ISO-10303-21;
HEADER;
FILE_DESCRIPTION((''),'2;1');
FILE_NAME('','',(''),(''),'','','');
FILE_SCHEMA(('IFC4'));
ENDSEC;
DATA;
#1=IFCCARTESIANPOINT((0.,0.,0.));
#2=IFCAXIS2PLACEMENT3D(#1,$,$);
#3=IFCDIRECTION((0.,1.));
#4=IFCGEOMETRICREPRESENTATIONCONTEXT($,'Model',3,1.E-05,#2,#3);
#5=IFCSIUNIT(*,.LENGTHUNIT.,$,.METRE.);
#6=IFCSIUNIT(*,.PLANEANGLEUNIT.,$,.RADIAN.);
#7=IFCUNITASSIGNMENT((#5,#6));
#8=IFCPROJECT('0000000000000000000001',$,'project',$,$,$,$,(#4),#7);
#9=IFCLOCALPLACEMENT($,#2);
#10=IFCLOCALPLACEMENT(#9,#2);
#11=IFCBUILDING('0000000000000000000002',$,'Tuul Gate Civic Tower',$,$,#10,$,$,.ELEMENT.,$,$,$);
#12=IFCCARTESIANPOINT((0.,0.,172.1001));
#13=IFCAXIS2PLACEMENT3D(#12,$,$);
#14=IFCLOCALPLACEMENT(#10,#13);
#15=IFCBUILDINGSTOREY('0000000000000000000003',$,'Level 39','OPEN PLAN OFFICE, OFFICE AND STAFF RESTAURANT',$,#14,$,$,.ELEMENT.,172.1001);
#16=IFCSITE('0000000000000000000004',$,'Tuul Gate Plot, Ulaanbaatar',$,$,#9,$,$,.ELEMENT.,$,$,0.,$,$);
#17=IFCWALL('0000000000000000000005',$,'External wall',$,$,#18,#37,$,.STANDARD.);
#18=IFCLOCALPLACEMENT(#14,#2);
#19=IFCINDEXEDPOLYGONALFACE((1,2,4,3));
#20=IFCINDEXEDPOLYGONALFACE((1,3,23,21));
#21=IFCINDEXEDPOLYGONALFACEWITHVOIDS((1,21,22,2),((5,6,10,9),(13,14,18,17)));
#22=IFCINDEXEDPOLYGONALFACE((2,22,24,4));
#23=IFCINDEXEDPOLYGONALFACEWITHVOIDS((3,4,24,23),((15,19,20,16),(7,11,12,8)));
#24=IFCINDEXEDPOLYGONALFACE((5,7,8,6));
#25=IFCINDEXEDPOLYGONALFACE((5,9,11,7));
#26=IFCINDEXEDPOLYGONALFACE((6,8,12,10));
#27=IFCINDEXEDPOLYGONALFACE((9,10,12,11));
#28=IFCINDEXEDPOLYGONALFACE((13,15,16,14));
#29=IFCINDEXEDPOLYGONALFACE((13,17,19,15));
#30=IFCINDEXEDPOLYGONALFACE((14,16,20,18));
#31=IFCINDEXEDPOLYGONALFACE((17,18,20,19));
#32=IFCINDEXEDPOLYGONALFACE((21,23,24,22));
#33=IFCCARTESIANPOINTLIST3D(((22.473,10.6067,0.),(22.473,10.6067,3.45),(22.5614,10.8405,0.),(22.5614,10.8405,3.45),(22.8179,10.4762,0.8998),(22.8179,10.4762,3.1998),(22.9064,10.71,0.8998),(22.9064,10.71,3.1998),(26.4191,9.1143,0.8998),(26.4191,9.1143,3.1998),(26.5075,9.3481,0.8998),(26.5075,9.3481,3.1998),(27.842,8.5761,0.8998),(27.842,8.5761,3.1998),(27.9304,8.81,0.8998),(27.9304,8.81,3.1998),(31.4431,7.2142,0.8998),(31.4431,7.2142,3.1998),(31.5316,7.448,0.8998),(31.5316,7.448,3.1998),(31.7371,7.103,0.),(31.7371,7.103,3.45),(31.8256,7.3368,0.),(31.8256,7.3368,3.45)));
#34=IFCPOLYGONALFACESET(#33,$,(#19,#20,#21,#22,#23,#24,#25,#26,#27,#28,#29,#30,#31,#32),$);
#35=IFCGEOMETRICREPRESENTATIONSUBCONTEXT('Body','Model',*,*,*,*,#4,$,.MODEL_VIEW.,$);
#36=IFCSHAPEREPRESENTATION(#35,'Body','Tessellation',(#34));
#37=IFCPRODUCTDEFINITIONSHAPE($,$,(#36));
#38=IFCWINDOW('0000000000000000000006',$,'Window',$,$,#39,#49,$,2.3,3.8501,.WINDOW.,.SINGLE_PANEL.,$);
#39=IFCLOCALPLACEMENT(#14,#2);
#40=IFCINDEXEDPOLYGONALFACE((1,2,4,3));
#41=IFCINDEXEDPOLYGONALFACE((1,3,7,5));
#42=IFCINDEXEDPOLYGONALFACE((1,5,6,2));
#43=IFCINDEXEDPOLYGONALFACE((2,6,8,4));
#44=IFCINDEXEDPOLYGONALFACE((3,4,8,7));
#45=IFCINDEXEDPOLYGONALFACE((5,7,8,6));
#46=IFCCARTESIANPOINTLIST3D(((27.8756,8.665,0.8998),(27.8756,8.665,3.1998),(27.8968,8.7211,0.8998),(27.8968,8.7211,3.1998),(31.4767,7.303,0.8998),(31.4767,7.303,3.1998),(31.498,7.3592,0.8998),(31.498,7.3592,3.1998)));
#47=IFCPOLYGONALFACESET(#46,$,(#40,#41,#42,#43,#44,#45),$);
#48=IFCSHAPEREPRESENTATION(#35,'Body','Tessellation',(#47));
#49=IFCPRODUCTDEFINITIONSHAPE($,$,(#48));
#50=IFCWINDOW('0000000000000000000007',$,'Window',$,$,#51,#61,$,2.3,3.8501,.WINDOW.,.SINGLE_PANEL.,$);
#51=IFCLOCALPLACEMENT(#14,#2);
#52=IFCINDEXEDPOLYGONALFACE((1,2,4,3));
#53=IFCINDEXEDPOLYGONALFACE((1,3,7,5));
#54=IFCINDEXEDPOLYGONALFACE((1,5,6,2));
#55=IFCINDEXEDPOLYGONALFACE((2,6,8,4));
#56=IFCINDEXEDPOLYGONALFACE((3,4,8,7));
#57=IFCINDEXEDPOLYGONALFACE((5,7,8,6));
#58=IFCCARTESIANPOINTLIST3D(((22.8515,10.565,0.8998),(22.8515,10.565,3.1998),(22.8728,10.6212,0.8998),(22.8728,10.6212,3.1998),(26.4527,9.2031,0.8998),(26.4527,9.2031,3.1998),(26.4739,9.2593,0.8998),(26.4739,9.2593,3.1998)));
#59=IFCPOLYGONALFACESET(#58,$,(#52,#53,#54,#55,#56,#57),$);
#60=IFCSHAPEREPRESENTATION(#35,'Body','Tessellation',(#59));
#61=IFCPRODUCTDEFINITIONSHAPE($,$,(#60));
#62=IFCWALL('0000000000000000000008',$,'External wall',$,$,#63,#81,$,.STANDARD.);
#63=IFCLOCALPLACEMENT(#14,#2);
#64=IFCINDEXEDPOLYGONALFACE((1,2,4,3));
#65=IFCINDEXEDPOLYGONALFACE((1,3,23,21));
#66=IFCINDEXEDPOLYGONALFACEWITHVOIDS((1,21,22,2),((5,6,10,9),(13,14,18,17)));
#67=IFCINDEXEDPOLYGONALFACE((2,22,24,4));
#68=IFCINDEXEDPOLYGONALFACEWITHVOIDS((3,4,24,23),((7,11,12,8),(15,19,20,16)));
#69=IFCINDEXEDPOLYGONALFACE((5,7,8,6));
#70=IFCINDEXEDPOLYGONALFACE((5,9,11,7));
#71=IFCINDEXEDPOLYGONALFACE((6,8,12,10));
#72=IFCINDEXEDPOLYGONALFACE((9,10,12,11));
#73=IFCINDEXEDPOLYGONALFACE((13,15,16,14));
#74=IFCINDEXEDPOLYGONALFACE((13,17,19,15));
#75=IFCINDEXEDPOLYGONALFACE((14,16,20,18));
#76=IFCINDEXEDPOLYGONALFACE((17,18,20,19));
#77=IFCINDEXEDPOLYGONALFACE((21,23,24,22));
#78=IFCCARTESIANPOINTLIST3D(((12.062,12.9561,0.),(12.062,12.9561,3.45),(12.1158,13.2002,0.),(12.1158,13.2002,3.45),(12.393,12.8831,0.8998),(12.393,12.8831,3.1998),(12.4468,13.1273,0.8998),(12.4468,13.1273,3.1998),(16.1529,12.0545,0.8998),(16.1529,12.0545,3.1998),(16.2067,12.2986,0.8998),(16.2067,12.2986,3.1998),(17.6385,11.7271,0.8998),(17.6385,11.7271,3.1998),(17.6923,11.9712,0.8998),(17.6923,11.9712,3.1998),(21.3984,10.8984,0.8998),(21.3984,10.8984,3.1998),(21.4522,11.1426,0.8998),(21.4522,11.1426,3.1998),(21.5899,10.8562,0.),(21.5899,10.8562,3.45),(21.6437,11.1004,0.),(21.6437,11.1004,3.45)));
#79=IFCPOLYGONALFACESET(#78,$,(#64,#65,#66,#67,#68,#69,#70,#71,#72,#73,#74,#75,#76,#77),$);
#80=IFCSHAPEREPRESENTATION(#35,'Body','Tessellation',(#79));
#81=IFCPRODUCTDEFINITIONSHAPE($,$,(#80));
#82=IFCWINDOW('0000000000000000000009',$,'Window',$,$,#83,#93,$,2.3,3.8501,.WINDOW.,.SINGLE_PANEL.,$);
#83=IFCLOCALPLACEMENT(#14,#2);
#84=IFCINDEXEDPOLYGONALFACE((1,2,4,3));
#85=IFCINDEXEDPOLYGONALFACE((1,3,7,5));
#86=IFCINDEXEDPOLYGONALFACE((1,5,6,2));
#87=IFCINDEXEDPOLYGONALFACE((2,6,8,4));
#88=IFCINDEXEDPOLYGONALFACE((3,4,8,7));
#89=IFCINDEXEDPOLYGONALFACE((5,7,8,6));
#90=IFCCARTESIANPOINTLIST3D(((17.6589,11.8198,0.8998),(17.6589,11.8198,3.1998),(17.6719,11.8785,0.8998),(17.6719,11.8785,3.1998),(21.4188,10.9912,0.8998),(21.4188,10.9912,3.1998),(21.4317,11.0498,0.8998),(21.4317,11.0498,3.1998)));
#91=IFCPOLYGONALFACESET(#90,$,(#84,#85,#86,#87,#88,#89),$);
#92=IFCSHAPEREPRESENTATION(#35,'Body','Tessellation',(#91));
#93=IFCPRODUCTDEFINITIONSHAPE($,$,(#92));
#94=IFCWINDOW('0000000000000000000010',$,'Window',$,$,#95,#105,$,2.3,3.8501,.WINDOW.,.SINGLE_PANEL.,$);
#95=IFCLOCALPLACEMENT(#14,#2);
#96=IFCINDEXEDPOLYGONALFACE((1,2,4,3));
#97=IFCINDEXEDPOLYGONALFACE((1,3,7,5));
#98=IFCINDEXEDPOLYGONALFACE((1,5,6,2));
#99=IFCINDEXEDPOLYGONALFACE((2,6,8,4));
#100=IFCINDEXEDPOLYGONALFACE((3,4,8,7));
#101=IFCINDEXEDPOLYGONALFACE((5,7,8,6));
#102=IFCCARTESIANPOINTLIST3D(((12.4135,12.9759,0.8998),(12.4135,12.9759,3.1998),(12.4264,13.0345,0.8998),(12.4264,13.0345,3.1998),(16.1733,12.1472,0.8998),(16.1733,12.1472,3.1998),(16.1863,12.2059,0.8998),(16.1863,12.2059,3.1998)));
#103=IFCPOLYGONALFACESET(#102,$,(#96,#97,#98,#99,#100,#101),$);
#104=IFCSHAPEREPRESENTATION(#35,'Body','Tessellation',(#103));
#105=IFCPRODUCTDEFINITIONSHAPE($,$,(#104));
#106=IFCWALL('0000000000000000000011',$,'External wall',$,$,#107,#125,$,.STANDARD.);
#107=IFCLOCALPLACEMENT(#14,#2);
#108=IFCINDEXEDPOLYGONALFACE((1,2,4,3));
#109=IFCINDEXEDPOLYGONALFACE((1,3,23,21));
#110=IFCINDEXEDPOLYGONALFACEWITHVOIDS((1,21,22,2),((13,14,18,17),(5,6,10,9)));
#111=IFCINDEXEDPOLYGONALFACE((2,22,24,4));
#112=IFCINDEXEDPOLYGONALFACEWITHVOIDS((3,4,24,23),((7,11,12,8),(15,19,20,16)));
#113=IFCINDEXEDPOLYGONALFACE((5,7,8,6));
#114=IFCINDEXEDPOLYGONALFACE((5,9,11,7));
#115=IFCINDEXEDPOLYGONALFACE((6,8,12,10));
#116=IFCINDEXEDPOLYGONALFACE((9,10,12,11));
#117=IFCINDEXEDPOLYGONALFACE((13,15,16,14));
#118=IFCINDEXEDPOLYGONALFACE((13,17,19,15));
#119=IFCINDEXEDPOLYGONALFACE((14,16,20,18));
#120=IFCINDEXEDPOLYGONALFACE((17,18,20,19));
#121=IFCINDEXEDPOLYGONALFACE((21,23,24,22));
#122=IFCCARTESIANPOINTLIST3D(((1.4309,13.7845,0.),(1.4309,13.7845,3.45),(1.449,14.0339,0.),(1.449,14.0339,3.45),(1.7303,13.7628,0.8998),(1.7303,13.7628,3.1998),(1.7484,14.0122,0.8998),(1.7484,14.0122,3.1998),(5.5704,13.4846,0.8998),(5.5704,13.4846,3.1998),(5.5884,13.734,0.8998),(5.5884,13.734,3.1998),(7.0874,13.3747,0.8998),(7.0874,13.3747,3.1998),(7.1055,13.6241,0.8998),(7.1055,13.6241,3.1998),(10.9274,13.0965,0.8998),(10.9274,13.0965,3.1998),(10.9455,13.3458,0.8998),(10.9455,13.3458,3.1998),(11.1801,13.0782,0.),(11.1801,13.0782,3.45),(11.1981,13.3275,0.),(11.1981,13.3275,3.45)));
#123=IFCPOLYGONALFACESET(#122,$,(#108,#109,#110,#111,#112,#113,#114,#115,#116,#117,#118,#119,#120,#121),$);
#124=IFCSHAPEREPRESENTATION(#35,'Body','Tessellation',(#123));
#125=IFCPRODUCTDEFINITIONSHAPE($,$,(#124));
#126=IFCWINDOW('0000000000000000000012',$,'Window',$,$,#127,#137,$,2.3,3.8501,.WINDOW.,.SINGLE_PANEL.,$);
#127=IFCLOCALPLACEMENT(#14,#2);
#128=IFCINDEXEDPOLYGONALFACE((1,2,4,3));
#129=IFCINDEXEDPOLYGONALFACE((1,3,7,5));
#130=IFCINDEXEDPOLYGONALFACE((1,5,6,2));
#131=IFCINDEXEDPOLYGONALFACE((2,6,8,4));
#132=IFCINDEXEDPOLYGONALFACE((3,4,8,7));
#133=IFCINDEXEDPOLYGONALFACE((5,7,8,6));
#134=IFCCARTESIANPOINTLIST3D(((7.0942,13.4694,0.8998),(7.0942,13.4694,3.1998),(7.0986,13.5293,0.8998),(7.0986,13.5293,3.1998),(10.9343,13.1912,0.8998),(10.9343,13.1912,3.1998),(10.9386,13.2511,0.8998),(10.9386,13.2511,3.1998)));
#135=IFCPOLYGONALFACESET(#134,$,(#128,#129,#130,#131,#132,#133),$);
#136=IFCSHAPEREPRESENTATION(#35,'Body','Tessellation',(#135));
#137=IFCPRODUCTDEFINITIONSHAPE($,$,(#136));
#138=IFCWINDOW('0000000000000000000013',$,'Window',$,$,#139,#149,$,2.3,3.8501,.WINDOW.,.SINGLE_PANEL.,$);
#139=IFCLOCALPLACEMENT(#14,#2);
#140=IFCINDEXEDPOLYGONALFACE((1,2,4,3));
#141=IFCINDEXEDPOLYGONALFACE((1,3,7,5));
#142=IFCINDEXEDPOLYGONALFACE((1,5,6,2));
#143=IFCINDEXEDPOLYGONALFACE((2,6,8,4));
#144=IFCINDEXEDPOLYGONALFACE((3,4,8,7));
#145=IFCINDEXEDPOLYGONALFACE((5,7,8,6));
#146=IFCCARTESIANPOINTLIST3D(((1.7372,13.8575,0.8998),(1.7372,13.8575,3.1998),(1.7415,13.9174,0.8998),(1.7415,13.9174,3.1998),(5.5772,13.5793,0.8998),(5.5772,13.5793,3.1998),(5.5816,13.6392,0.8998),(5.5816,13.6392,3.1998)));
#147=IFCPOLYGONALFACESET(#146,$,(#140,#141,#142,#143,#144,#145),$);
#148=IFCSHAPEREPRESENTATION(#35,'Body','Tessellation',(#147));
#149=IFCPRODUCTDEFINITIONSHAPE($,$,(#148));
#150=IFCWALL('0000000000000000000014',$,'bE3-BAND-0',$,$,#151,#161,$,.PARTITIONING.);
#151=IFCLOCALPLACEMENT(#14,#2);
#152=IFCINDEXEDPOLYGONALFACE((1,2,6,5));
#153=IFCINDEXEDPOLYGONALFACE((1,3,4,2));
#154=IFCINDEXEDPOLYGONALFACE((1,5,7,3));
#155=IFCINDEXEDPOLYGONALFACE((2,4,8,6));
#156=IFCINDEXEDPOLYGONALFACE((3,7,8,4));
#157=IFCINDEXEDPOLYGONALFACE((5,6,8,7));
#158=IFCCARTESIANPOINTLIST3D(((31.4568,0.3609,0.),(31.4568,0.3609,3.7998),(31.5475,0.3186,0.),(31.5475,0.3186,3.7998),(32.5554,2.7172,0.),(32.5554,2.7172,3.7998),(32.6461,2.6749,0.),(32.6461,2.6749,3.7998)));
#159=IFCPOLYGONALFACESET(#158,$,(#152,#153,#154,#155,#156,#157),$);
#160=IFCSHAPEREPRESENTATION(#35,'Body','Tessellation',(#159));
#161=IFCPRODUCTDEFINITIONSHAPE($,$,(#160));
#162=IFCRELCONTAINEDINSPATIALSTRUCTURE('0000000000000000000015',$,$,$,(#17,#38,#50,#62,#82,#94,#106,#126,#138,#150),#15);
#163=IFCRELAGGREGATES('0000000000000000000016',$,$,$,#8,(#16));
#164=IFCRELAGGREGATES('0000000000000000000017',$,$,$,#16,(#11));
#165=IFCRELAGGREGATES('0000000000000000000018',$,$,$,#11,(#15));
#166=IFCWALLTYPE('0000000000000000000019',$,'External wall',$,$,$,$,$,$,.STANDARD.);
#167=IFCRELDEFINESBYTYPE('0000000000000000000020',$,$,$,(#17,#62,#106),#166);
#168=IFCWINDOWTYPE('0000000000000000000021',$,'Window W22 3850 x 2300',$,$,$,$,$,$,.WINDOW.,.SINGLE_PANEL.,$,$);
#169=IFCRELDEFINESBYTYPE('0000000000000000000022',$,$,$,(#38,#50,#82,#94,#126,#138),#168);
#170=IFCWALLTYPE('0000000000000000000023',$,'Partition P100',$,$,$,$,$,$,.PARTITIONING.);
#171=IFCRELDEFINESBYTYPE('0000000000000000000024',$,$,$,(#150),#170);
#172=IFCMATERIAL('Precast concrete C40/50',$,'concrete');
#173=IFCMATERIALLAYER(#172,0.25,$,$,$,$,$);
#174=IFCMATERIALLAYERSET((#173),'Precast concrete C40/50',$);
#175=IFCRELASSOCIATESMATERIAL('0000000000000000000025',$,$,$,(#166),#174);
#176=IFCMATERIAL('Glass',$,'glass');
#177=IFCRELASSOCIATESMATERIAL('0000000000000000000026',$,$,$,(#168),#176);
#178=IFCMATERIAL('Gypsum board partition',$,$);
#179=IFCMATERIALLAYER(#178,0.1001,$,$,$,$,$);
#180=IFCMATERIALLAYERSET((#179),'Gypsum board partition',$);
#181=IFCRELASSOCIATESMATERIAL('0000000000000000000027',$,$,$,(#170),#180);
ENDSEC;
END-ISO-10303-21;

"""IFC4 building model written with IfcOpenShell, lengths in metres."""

from ifc_helpers import new_model, si_unit, direction, frame, frame_2d, origin, place, context, subcontext, project, spatial, rectangle, extrude, material, layer, layer_set, type_object, element, fill, save


model = new_model("IFC4")

# Units and contexts
model_context = context("Model", 3, precision=1e-05, world=origin(), true_north=direction((0.0, 1.0)))
body_context = subcontext(model_context, "Body", "Model", "MODEL_VIEW")
ifc_project = project(units=[si_unit("LENGTHUNIT", "METRE"), si_unit("PLANEANGLEUNIT", "RADIAN")], contexts=[model_context])

# Site, building, storey
site_placement = place(None, origin())
site = spatial("IfcSite", under=ifc_project, at=site_placement, Name="Tuul Gate Plot, Ulaanbaatar", CompositionType="ELEMENT", RefElevation=0.0)
building_placement = place(site_placement, origin())
building = spatial("IfcBuilding", under=site, at=building_placement, Name="Tuul Gate Civic Tower", CompositionType="ELEMENT")
storey_placement = place(building_placement, frame((0.0, 0.0, 172.1001)))
storey = spatial("IfcBuildingStorey", under=building, at=storey_placement, Name="Level 39", Description="OPEN PLAN OFFICE, OFFICE AND STAFF RESTAURANT", CompositionType="ELEMENT", Elevation=172.1001)

# Walls, openings, windows
ifc_material_1 = material(Name="Precast concrete C40/50", Category="concrete")
ifc_layer_1 = layer(ifc_material_1, 0.25)
ifc_layer_set_1 = layer_set([ifc_layer_1], Name="Precast concrete C40/50")
wall_type_1 = type_object("IfcWallType", Name="External wall", PredefinedType="STANDARD", material=ifc_layer_set_1)
wall_1_placement = place(storey_placement, frame((31.7812, 7.22, 0.0), z_axis=(0.0, 0.0, 1.0), x_axis=(-0.935343, 0.353742, 0.0)))
wall_1 = element("IfcWall", 1, at=wall_1_placement, inside=storey, type_object=wall_type_1, Name="External wall", PredefinedType="STANDARD", context=body_context, shape_type="SweptSolid", body=[
    extrude(rectangle(XDim=9.9045, YDim=0.25, at=frame_2d((4.9521, 0.0))), origin(), (0.0, 0.0, 1.0), 3.45),
])
opening_1_placement = place(wall_1_placement, frame((0.3142, 0.0, 0.8999)))
opening_1 = element("IfcOpeningElement", 2, at=opening_1_placement, cuts=wall_1, PredefinedType="OPENING", context=body_context, shape_type="SweptSolid", body=[
    extrude(rectangle(XDim=3.8501, YDim=2.3, at=frame_2d((1.925, 1.1499))), frame((0.0, 0.135, 0.0), z_axis=(0.0, -1.0, 0.0), x_axis=(1.0, 0.0, 0.0)), (0.0, 0.0, 1.0), 0.27),
])
opening_2_placement = place(wall_1_placement, frame((5.6855, 0.0, 0.8999)))
opening_2 = element("IfcOpeningElement", 3, at=opening_2_placement, cuts=wall_1, PredefinedType="OPENING", context=body_context, shape_type="SweptSolid", body=[
    extrude(rectangle(XDim=3.8501, YDim=2.3, at=frame_2d((1.925, 1.1499))), frame((0.0, 0.135, 0.0), z_axis=(0.0, -1.0, 0.0), x_axis=(1.0, 0.0, 0.0)), (0.0, 0.0, 1.0), 0.27),
])
ifc_material_2 = material(Name="Glass", Category="glass")
window_type = type_object("IfcWindowType", Name="Window W22 3850 x 2300", PartitioningType="SINGLE_PANEL", PredefinedType="WINDOW", material=ifc_material_2)
window_1_placement = place(opening_1_placement, origin())
window_1 = element("IfcWindow", 4, at=window_1_placement, inside=storey, type_object=window_type, Name="Window", OverallHeight=2.3, OverallWidth=3.8501, PartitioningType="SINGLE_PANEL", PredefinedType="WINDOW", context=body_context, shape_type="SweptSolid", body=[
    extrude(rectangle(XDim=3.8501, YDim=2.3, at=frame_2d((1.925, 1.1499))), frame((0.0, 0.03, 0.0), z_axis=(0.0, -1.0, 0.0), x_axis=(1.0, 0.0, 0.0)), (0.0, 0.0, 1.0), 0.0601),
])
fill(opening_1, window_1)
window_2_placement = place(opening_2_placement, origin())
window_2 = element("IfcWindow", 5, at=window_2_placement, inside=storey, type_object=window_type, Name="Window", OverallHeight=2.3, OverallWidth=3.8501, PartitioningType="SINGLE_PANEL", PredefinedType="WINDOW", context=body_context, shape_type="SweptSolid", body=[
    extrude(rectangle(XDim=3.8501, YDim=2.3, at=frame_2d((1.925, 1.1499))), frame((0.0, 0.03, 0.0), z_axis=(0.0, -1.0, 0.0), x_axis=(1.0, 0.0, 0.0)), (0.0, 0.0, 1.0), 0.0601),
])
fill(opening_2, window_2)
wall_2_placement = place(storey_placement, frame((21.6169, 10.9783, 0.0), z_axis=(0.0, 0.0, 1.0), x_axis=(-0.976564, 0.215226, 0.0)))
wall_2 = element("IfcWall", 6, at=wall_2_placement, inside=storey, type_object=wall_type_1, Name="External wall", PredefinedType="STANDARD", context=body_context, shape_type="SweptSolid", body=[
    extrude(rectangle(XDim=9.7566, YDim=0.25, at=frame_2d((4.8784, 0.0))), origin(), (0.0, 0.0, 1.0), 3.45),
])
opening_3_placement = place(wall_2_placement, frame((0.1963, 0.0, 0.8999)))
opening_3 = element("IfcOpeningElement", 7, at=opening_3_placement, cuts=wall_2, PredefinedType="OPENING", context=body_context, shape_type="SweptSolid", body=[
    extrude(rectangle(XDim=3.8501, YDim=2.3, at=frame_2d((1.925, 1.1499))), frame((0.0, 0.135, 0.0), z_axis=(0.0, -1.0, 0.0), x_axis=(1.0, 0.0, 0.0)), (0.0, 0.0, 1.0), 0.27),
])
opening_4_placement = place(wall_2_placement, frame((5.5676, 0.0, 0.8999)))
opening_4 = element("IfcOpeningElement", 8, at=opening_4_placement, cuts=wall_2, PredefinedType="OPENING", context=body_context, shape_type="SweptSolid", body=[
    extrude(rectangle(XDim=3.8501, YDim=2.3, at=frame_2d((1.925, 1.1499))), frame((0.0, 0.135, 0.0), z_axis=(0.0, -1.0, 0.0), x_axis=(1.0, 0.0, 0.0)), (0.0, 0.0, 1.0), 0.27),
])
window_3_placement = place(opening_3_placement, origin())
window_3 = element("IfcWindow", 9, at=window_3_placement, inside=storey, type_object=window_type, Name="Window", OverallHeight=2.3, OverallWidth=3.8501, PartitioningType="SINGLE_PANEL", PredefinedType="WINDOW", context=body_context, shape_type="SweptSolid", body=[
    extrude(rectangle(XDim=3.8501, YDim=2.3, at=frame_2d((1.925, 1.1499))), frame((0.0, 0.03, 0.0), z_axis=(0.0, -1.0, 0.0), x_axis=(1.0, 0.0, 0.0)), (0.0, 0.0, 1.0), 0.0601),
])
fill(opening_3, window_3)
window_4_placement = place(opening_4_placement, origin())
window_4 = element("IfcWindow", 10, at=window_4_placement, inside=storey, type_object=window_type, Name="Window", OverallHeight=2.3, OverallWidth=3.8501, PartitioningType="SINGLE_PANEL", PredefinedType="WINDOW", context=body_context, shape_type="SweptSolid", body=[
    extrude(rectangle(XDim=3.8501, YDim=2.3, at=frame_2d((1.925, 1.1499))), frame((0.0, 0.03, 0.0), z_axis=(0.0, -1.0, 0.0), x_axis=(1.0, 0.0, 0.0)), (0.0, 0.0, 1.0), 0.0601),
])
fill(opening_4, window_4)
wall_3_placement = place(storey_placement, frame((11.189, 13.2029, 0.0), z_axis=(0.0, 0.0, 1.0), x_axis=(-0.997386, 0.072259, 0.0)))
wall_3 = element("IfcWall", 11, at=wall_3_placement, inside=storey, type_object=wall_type_1, Name="External wall", PredefinedType="STANDARD", context=body_context, shape_type="SweptSolid", body=[
    extrude(rectangle(XDim=9.7747, YDim=0.25, at=frame_2d((4.8872, 0.0))), origin(), (0.0, 0.0, 1.0), 3.45),
])
opening_5_placement = place(wall_3_placement, frame((0.2532, 0.0, 0.8999)))
opening_5 = element("IfcOpeningElement", 12, at=opening_5_placement, cuts=wall_3, PredefinedType="OPENING", context=body_context, shape_type="SweptSolid", body=[
    extrude(rectangle(XDim=3.8501, YDim=2.3, at=frame_2d((1.925, 1.1499))), frame((0.0, 0.135, 0.0), z_axis=(0.0, -1.0, 0.0), x_axis=(1.0, 0.0, 0.0)), (0.0, 0.0, 1.0), 0.27),
])
opening_6_placement = place(wall_3_placement, frame((5.6243, 0.0, 0.8999)))
opening_6 = element("IfcOpeningElement", 13, at=opening_6_placement, cuts=wall_3, PredefinedType="OPENING", context=body_context, shape_type="SweptSolid", body=[
    extrude(rectangle(XDim=3.8501, YDim=2.3, at=frame_2d((1.925, 1.1499))), frame((0.0, 0.135, 0.0), z_axis=(0.0, -1.0, 0.0), x_axis=(1.0, 0.0, 0.0)), (0.0, 0.0, 1.0), 0.27),
])
window_5_placement = place(opening_5_placement, origin())
window_5 = element("IfcWindow", 14, at=window_5_placement, inside=storey, type_object=window_type, Name="Window", OverallHeight=2.3, OverallWidth=3.8501, PartitioningType="SINGLE_PANEL", PredefinedType="WINDOW", context=body_context, shape_type="SweptSolid", body=[
    extrude(rectangle(XDim=3.8501, YDim=2.3, at=frame_2d((1.925, 1.1499))), frame((0.0, 0.03, 0.0), z_axis=(0.0, -1.0, 0.0), x_axis=(1.0, 0.0, 0.0)), (0.0, 0.0, 1.0), 0.0601),
])
fill(opening_5, window_5)
window_6_placement = place(opening_6_placement, origin())
window_6 = element("IfcWindow", 15, at=window_6_placement, inside=storey, type_object=window_type, Name="Window", OverallHeight=2.3, OverallWidth=3.8501, PartitioningType="SINGLE_PANEL", PredefinedType="WINDOW", context=body_context, shape_type="SweptSolid", body=[
    extrude(rectangle(XDim=3.8501, YDim=2.3, at=frame_2d((1.925, 1.1499))), frame((0.0, 0.03, 0.0), z_axis=(0.0, -1.0, 0.0), x_axis=(1.0, 0.0, 0.0)), (0.0, 0.0, 1.0), 0.0601),
])
fill(opening_6, window_6)

# Wall
ifc_material_3 = material(Name="Gypsum board partition")
ifc_layer_2 = layer(ifc_material_3, 0.1001)
ifc_layer_set_2 = layer_set([ifc_layer_2], Name="Gypsum board partition")
wall_type_2 = type_object("IfcWallType", Name="Partition P100", PredefinedType="PARTITIONING", material=ifc_layer_set_2)
wall_4_placement = place(storey_placement, frame((31.5022, 0.3398, 0.0), z_axis=(0.0, 0.0, 1.0), x_axis=(0.422556, 0.906337, 0.0)))
element("IfcWall", 16, at=wall_4_placement, inside=storey, type_object=wall_type_2, Name="bE3-BAND-0", PredefinedType="PARTITIONING", context=body_context, shape_type="SweptSolid", body=[
    extrude(rectangle(XDim=2.5999, YDim=0.1001, at=frame_2d((1.2998, 0.0))), origin(), (0.0, 0.0, 1.0), 3.7998),
])

save(model, "model.ifc")
